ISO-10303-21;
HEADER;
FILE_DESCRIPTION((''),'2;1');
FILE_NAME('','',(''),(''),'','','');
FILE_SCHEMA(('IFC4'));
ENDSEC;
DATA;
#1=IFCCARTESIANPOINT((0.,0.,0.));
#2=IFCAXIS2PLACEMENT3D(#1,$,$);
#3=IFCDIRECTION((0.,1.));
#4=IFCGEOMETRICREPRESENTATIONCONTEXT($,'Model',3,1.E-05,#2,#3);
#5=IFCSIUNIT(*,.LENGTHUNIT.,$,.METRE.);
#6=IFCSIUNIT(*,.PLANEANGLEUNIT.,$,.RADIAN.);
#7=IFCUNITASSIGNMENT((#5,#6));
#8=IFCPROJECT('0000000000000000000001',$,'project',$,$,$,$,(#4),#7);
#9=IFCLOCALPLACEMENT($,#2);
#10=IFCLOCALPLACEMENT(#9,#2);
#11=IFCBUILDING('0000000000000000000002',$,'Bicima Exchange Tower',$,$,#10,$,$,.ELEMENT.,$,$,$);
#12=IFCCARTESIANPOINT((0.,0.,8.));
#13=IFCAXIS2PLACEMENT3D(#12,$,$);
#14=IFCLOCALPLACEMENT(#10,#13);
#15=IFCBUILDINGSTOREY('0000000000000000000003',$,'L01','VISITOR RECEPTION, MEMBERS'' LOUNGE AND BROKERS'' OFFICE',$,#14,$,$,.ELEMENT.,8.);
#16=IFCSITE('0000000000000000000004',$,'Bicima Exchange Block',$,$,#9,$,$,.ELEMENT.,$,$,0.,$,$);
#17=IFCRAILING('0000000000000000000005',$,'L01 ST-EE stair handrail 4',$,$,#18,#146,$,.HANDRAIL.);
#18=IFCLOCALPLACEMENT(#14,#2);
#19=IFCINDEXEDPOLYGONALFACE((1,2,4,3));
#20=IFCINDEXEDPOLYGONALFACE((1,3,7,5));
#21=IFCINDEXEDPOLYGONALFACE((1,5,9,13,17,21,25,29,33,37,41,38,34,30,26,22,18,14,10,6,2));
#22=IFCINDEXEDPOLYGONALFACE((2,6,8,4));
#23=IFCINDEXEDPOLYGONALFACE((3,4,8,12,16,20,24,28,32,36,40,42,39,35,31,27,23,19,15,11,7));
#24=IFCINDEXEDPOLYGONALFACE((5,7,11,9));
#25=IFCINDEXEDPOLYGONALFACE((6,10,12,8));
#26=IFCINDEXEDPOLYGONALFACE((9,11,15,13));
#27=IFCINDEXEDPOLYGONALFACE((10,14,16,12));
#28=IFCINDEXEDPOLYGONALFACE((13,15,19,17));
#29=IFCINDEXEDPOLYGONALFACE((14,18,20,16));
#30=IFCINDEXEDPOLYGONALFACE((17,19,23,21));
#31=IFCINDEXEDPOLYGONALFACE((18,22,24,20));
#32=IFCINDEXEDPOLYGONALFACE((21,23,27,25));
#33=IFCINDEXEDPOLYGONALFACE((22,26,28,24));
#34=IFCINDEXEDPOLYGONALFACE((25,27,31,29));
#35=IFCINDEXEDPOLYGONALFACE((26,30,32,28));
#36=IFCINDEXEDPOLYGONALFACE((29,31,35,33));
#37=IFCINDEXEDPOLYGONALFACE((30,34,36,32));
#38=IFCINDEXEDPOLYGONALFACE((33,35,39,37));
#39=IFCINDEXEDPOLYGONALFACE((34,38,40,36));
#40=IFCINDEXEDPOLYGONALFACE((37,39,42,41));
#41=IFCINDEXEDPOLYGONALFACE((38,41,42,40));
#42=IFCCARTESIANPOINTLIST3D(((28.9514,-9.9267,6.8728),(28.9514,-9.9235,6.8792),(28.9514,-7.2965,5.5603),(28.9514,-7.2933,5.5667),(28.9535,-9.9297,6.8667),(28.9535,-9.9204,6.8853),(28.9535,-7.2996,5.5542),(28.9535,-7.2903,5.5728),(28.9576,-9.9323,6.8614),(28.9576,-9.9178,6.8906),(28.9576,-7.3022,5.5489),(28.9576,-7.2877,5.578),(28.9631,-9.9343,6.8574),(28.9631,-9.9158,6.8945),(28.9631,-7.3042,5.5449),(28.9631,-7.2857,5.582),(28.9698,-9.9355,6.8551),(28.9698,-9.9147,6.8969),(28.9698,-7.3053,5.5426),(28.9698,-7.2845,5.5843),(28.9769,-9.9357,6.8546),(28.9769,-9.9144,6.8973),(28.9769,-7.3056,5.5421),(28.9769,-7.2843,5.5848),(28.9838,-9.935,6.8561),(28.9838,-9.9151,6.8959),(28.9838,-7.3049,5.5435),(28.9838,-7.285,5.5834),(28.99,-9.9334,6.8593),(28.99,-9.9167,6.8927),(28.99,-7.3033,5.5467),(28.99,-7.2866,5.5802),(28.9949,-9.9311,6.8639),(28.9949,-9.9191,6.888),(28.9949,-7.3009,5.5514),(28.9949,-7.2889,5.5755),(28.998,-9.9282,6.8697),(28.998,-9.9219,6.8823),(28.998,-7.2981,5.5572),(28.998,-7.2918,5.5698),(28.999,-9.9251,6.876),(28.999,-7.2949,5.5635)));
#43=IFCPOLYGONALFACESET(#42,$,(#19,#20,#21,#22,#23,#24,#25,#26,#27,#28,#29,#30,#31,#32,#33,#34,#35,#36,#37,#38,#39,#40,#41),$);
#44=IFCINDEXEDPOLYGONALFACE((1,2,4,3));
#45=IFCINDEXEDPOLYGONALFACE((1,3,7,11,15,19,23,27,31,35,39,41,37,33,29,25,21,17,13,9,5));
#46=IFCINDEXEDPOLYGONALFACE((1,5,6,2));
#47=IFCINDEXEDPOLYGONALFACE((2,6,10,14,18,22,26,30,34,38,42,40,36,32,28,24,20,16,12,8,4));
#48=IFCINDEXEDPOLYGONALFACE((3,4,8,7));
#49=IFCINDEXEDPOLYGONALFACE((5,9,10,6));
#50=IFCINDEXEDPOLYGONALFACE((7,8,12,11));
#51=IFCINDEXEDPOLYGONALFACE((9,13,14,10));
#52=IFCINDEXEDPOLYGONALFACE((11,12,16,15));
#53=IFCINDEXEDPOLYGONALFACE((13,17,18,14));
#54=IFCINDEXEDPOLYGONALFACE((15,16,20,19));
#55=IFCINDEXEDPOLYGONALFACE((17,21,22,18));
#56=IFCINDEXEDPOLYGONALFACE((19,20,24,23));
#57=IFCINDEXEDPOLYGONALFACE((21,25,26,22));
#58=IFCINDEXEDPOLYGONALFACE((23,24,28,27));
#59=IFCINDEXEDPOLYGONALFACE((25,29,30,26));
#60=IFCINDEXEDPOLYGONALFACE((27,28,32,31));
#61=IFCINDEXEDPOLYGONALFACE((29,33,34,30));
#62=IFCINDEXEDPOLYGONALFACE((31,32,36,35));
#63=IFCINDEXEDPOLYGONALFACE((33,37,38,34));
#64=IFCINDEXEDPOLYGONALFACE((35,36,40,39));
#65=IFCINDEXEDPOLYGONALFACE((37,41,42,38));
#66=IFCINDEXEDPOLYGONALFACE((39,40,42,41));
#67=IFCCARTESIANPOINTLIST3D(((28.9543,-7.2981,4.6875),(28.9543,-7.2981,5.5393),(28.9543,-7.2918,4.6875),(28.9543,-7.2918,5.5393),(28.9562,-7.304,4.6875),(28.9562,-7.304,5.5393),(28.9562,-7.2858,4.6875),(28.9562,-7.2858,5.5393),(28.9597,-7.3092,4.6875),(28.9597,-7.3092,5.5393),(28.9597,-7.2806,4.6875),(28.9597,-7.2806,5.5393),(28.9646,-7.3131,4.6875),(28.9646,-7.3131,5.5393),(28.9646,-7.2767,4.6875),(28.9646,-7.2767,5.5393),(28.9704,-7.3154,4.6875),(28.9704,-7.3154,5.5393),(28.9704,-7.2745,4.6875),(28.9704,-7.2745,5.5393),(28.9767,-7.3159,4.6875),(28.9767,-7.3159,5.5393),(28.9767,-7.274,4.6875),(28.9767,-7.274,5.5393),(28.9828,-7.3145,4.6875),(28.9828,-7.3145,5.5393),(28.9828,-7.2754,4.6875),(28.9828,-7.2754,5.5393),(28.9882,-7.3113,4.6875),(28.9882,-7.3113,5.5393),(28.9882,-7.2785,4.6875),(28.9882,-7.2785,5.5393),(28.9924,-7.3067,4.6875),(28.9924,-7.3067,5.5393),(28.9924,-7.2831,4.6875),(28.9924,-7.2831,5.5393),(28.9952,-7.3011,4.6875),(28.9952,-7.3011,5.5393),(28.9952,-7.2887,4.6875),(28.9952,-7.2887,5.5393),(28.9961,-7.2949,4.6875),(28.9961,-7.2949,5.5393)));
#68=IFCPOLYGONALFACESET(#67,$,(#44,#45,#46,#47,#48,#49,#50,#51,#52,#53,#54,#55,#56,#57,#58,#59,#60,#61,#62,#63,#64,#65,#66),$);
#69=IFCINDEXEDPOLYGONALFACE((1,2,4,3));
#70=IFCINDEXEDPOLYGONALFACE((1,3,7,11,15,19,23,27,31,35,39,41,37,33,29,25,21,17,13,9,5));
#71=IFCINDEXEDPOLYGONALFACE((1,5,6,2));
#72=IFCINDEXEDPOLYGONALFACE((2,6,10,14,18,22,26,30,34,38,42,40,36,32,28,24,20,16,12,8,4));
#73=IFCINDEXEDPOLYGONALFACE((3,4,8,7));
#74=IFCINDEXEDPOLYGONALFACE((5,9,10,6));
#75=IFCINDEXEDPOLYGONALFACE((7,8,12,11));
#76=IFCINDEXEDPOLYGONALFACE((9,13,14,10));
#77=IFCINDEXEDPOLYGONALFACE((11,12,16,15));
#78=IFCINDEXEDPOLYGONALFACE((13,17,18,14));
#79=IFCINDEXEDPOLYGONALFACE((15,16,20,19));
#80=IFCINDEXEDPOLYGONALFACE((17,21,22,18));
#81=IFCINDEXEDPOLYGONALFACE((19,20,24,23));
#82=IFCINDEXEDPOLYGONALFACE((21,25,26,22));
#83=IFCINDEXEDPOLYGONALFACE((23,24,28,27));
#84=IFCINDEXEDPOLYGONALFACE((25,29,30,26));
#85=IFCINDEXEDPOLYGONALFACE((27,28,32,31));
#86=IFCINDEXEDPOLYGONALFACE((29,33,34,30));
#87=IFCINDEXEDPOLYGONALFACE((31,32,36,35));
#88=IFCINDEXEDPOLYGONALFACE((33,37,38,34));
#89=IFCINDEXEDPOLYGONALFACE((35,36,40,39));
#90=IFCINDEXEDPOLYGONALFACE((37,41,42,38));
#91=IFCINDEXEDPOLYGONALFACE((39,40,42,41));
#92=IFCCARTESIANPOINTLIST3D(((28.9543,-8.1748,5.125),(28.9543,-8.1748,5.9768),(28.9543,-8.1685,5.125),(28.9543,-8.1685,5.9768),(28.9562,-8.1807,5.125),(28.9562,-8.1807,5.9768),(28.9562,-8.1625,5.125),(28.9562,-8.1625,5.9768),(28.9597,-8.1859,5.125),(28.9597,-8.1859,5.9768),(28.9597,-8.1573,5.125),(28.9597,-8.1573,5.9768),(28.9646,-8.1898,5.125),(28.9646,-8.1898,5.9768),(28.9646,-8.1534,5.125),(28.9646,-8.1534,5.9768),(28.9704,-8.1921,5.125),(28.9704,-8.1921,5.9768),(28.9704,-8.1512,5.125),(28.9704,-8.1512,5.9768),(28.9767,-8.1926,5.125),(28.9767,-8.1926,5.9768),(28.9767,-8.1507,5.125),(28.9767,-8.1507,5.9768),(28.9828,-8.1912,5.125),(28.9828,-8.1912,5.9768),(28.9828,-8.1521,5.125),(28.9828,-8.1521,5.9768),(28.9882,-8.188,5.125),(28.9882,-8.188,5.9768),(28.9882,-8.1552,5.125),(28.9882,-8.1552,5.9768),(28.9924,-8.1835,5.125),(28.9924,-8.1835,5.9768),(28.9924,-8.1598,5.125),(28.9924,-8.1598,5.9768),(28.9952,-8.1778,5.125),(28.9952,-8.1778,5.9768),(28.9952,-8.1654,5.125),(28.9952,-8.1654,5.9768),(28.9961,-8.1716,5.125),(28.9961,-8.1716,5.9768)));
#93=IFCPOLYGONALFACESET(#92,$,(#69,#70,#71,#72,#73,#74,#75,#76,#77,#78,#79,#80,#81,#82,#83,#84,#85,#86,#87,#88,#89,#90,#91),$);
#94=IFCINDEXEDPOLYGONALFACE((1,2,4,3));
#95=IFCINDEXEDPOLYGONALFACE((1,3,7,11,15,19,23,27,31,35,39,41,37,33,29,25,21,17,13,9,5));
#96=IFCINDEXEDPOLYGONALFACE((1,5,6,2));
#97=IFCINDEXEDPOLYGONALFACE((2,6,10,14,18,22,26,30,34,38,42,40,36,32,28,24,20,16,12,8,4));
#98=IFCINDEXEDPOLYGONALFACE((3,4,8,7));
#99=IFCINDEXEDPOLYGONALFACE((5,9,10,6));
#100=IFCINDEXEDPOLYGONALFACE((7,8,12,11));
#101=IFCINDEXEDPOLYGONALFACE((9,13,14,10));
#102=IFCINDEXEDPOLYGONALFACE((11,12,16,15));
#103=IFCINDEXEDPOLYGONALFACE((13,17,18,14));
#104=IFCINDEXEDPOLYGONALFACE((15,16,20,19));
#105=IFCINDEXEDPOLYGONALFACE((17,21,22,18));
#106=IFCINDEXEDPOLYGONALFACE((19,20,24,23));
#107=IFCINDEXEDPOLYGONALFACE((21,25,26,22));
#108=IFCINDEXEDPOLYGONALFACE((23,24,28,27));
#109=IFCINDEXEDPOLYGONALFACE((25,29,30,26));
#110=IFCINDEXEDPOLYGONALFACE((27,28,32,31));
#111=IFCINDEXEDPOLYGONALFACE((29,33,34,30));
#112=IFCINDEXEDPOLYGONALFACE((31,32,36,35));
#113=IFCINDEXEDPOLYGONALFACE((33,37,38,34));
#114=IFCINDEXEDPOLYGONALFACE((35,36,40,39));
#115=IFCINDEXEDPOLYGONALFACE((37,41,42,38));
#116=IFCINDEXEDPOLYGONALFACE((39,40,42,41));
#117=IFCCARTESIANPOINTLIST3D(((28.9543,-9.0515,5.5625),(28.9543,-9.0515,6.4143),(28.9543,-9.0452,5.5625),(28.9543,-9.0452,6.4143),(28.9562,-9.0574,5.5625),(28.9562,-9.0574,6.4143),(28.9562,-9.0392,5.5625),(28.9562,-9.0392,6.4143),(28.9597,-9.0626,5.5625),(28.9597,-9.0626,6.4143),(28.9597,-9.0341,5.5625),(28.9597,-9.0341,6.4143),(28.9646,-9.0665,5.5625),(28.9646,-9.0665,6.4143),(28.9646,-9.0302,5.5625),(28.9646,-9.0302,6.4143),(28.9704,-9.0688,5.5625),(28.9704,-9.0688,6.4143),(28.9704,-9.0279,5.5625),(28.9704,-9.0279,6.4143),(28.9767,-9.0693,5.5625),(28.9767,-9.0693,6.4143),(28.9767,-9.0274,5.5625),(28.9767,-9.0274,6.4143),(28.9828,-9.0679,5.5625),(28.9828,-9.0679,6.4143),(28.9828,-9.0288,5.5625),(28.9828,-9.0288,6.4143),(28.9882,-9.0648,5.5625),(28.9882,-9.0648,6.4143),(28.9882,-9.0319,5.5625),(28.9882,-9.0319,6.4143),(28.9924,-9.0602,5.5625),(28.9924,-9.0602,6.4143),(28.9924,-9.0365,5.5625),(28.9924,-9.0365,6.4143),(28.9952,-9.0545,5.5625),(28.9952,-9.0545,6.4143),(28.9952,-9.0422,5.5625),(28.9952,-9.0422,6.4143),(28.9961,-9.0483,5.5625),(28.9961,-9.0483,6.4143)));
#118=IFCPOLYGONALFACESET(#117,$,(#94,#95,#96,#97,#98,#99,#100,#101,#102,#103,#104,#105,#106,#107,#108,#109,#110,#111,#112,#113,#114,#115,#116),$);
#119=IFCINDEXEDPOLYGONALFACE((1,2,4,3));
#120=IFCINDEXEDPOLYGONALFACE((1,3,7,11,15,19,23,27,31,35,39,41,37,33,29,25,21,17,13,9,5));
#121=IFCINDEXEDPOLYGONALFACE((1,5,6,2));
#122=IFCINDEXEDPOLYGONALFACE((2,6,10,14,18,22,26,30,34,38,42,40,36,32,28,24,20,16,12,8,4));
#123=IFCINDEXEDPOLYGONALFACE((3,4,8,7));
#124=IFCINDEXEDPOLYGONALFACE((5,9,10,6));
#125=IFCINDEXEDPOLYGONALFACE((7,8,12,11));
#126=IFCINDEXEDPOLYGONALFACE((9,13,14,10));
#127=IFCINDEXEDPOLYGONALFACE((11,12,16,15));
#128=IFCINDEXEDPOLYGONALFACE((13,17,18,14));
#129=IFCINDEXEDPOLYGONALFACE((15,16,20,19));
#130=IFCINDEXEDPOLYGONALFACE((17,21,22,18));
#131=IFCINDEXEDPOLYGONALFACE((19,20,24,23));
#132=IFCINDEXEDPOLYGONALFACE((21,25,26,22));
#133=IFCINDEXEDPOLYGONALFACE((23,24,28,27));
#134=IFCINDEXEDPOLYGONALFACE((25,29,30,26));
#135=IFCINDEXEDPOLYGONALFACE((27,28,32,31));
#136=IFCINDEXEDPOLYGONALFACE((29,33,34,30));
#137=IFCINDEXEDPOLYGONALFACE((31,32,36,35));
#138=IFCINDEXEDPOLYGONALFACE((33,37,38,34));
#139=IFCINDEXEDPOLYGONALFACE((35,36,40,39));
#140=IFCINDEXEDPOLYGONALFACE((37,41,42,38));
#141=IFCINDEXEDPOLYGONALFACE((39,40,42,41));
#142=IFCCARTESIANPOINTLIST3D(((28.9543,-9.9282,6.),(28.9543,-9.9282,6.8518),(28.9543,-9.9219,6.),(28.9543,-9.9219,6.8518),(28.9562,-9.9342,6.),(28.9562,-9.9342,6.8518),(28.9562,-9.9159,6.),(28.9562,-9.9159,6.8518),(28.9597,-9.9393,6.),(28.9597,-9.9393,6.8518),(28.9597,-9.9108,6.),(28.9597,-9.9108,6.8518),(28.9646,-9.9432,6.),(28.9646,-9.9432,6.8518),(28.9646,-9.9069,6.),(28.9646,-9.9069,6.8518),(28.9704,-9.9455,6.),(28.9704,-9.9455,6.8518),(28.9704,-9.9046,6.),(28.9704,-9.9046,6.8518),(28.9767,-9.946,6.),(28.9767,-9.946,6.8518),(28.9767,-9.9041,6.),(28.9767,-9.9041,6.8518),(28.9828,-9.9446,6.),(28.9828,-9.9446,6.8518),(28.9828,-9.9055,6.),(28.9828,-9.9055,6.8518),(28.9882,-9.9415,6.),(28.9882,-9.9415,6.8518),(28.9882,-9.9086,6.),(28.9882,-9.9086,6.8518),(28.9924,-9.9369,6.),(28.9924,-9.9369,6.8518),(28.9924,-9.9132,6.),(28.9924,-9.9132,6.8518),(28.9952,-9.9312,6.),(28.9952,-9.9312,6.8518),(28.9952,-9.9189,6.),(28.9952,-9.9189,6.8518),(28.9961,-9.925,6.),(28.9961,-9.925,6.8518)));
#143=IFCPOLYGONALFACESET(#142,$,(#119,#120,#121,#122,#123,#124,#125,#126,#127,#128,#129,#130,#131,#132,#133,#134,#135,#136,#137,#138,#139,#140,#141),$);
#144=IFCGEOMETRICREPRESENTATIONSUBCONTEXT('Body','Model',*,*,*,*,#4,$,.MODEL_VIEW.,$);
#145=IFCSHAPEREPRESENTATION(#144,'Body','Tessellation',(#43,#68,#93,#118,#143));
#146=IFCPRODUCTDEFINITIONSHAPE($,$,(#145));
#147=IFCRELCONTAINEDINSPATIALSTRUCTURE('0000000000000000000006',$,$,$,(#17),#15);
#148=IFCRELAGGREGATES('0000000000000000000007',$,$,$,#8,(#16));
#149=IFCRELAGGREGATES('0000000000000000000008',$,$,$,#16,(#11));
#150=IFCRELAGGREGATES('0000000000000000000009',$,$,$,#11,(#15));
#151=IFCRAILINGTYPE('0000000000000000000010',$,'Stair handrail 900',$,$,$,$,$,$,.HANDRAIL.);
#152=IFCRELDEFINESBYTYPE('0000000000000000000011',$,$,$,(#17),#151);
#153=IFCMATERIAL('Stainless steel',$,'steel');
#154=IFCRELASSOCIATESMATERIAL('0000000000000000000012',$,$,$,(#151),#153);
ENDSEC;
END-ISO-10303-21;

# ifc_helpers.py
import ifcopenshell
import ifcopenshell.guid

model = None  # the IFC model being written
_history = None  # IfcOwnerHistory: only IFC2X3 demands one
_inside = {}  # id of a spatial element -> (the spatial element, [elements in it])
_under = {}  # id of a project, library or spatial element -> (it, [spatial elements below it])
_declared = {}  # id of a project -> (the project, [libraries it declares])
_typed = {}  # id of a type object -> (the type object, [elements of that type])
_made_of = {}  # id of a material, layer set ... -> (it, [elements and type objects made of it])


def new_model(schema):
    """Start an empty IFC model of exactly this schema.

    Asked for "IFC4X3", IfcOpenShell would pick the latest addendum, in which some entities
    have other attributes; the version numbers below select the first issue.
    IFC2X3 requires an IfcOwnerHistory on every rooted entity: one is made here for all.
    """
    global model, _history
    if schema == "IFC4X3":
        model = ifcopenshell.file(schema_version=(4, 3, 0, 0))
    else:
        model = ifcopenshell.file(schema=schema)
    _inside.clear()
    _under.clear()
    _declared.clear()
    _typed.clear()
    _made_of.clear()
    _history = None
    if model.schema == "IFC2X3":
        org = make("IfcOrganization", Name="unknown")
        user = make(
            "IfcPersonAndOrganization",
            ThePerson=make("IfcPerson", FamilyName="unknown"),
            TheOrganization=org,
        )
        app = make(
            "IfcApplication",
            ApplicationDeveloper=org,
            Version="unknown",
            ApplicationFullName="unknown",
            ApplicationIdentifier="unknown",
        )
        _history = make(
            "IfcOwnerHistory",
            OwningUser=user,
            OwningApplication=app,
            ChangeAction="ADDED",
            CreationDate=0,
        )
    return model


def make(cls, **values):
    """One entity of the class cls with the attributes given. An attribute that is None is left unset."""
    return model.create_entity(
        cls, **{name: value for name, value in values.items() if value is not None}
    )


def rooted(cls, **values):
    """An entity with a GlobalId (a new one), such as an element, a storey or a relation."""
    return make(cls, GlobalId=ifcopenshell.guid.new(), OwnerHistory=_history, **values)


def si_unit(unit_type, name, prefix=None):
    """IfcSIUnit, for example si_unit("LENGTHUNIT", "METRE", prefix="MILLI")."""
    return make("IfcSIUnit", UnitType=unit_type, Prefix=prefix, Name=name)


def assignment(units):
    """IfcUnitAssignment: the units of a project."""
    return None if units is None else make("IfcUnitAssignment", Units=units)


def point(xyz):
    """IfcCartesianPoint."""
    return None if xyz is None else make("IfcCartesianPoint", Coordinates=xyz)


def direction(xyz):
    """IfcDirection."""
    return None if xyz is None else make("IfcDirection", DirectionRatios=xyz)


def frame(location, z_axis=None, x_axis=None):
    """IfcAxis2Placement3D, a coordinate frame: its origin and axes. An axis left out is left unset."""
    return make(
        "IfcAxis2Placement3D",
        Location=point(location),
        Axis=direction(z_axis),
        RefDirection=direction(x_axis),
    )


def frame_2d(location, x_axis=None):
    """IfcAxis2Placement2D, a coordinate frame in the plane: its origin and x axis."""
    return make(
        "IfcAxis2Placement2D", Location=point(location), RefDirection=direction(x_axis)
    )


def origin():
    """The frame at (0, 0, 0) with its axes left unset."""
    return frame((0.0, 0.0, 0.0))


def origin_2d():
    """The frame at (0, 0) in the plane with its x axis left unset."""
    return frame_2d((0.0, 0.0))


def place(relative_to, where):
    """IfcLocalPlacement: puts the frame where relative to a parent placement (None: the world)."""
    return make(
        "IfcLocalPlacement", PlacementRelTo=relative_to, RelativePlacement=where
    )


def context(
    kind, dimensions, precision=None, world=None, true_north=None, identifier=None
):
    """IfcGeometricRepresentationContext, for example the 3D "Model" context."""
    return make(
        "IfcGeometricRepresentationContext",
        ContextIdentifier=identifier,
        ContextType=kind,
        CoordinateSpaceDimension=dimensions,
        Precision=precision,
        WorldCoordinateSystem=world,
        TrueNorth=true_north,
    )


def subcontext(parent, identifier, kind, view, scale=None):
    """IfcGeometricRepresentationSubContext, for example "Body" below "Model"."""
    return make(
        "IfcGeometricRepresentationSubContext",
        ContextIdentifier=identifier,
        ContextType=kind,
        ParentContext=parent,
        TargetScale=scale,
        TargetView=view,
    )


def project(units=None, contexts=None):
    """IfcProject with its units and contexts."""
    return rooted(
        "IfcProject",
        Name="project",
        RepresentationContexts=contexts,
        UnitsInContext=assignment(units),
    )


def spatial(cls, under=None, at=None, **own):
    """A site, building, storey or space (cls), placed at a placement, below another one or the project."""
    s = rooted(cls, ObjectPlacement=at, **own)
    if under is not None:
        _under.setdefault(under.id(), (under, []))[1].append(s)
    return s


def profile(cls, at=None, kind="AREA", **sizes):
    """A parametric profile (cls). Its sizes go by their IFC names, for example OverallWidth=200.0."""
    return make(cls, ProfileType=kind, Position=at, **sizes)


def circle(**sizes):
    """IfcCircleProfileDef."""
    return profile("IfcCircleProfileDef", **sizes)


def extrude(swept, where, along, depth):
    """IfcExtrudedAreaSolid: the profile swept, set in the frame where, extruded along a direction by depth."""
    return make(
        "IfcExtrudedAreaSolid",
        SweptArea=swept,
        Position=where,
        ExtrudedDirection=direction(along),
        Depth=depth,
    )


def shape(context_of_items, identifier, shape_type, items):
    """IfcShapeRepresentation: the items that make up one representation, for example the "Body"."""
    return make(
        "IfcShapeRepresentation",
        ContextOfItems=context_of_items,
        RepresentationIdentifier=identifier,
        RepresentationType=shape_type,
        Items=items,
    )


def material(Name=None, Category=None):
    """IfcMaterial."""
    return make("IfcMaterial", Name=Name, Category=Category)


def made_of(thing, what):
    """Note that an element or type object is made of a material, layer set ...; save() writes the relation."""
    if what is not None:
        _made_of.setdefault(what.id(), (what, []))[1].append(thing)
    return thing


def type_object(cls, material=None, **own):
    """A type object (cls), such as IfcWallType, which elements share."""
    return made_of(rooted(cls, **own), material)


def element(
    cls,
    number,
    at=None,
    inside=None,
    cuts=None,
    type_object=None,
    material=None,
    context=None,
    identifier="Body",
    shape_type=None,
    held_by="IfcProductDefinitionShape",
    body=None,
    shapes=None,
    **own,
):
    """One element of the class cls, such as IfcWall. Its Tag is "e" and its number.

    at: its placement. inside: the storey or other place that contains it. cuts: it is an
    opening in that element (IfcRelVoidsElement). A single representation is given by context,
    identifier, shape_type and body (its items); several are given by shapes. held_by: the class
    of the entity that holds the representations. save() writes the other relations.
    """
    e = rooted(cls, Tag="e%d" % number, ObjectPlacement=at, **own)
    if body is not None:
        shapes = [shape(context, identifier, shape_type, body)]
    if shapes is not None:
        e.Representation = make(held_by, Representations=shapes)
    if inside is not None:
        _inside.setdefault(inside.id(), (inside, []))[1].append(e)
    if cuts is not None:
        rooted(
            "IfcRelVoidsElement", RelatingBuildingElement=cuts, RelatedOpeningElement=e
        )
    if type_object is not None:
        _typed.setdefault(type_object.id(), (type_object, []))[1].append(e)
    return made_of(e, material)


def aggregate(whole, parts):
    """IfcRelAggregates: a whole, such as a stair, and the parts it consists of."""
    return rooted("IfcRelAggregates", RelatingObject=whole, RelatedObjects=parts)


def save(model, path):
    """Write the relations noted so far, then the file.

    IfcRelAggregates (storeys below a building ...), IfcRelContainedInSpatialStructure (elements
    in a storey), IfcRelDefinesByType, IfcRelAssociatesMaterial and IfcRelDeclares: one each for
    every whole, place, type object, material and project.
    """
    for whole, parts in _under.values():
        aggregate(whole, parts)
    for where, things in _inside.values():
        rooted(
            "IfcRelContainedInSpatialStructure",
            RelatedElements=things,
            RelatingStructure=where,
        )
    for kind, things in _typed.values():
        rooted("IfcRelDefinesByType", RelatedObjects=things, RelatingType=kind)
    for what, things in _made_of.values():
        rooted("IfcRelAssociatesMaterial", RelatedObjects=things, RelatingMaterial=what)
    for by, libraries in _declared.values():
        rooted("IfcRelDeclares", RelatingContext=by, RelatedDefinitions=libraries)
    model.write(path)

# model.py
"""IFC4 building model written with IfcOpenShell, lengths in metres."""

from ifc_helpers import new_model, si_unit, direction, frame, origin, origin_2d, place, context, subcontext, project, spatial, circle, extrude, material, type_object, element, save


model = new_model("IFC4")

# Units and contexts
model_context = context("Model", 3, precision=1e-05, world=origin(), true_north=direction((0.0, 1.0)))
body_context = subcontext(model_context, "Body", "Model", "MODEL_VIEW")
ifc_project = project(units=[si_unit("LENGTHUNIT", "METRE"), si_unit("PLANEANGLEUNIT", "RADIAN")], contexts=[model_context])

# Site, building, storey
site_placement = place(None, origin())
site = spatial("IfcSite", under=ifc_project, at=site_placement, Name="Bicima Exchange Block", CompositionType="ELEMENT", RefElevation=0.0)
building_placement = place(site_placement, origin())
building = spatial("IfcBuilding", under=site, at=building_placement, Name="Bicima Exchange Tower", CompositionType="ELEMENT")
storey_placement = place(building_placement, frame((0.0, 0.0, 8.0)))
storey = spatial("IfcBuildingStorey", under=building, at=storey_placement, Name="L01", Description="VISITOR RECEPTION, MEMBERS' LOUNGE AND BROKERS' OFFICE", CompositionType="ELEMENT", Elevation=8.0)

# Railing
ifc_material_1 = material(Name="Stainless steel", Category="steel")
railing_type_1 = type_object("IfcRailingType", Name="Stair handrail 900", PredefinedType="HANDRAIL", material=ifc_material_1)
railing_1_placement = place(storey_placement, frame((28.9751, -7.2949, 4.6875)))
element("IfcRailing", 1, at=railing_1_placement, inside=storey, type_object=railing_type_1, Name="L01 ST-EE stair handrail 4", PredefinedType="HANDRAIL", context=body_context, shape_type="SweptSolid", body=[
    extrude(circle(Radius=0.0239, at=origin_2d()), frame((0.0, 0.0, 0.876), z_axis=(0.0, -0.894776, 0.446516), x_axis=(1.0, 0.0, 0.0)), (0.0, 0.0, 1.0), 2.9395),
    extrude(circle(Radius=0.021, at=origin_2d()), origin(), (0.0, 0.0, 1.0), 0.8518),
    extrude(circle(Radius=0.021, at=origin_2d()), frame((0.0, -0.8767, 0.4375)), (0.0, 0.0, 1.0), 0.8518),
    extrude(circle(Radius=0.021, at=origin_2d()), frame((0.0, -1.7534, 0.875)), (0.0, 0.0, 1.0), 0.8518),
    extrude(circle(Radius=0.021, at=origin_2d()), frame((0.0, -2.6301, 1.3125)), (0.0, 0.0, 1.0), 0.8518),
])

save(model, "model.ifc")
